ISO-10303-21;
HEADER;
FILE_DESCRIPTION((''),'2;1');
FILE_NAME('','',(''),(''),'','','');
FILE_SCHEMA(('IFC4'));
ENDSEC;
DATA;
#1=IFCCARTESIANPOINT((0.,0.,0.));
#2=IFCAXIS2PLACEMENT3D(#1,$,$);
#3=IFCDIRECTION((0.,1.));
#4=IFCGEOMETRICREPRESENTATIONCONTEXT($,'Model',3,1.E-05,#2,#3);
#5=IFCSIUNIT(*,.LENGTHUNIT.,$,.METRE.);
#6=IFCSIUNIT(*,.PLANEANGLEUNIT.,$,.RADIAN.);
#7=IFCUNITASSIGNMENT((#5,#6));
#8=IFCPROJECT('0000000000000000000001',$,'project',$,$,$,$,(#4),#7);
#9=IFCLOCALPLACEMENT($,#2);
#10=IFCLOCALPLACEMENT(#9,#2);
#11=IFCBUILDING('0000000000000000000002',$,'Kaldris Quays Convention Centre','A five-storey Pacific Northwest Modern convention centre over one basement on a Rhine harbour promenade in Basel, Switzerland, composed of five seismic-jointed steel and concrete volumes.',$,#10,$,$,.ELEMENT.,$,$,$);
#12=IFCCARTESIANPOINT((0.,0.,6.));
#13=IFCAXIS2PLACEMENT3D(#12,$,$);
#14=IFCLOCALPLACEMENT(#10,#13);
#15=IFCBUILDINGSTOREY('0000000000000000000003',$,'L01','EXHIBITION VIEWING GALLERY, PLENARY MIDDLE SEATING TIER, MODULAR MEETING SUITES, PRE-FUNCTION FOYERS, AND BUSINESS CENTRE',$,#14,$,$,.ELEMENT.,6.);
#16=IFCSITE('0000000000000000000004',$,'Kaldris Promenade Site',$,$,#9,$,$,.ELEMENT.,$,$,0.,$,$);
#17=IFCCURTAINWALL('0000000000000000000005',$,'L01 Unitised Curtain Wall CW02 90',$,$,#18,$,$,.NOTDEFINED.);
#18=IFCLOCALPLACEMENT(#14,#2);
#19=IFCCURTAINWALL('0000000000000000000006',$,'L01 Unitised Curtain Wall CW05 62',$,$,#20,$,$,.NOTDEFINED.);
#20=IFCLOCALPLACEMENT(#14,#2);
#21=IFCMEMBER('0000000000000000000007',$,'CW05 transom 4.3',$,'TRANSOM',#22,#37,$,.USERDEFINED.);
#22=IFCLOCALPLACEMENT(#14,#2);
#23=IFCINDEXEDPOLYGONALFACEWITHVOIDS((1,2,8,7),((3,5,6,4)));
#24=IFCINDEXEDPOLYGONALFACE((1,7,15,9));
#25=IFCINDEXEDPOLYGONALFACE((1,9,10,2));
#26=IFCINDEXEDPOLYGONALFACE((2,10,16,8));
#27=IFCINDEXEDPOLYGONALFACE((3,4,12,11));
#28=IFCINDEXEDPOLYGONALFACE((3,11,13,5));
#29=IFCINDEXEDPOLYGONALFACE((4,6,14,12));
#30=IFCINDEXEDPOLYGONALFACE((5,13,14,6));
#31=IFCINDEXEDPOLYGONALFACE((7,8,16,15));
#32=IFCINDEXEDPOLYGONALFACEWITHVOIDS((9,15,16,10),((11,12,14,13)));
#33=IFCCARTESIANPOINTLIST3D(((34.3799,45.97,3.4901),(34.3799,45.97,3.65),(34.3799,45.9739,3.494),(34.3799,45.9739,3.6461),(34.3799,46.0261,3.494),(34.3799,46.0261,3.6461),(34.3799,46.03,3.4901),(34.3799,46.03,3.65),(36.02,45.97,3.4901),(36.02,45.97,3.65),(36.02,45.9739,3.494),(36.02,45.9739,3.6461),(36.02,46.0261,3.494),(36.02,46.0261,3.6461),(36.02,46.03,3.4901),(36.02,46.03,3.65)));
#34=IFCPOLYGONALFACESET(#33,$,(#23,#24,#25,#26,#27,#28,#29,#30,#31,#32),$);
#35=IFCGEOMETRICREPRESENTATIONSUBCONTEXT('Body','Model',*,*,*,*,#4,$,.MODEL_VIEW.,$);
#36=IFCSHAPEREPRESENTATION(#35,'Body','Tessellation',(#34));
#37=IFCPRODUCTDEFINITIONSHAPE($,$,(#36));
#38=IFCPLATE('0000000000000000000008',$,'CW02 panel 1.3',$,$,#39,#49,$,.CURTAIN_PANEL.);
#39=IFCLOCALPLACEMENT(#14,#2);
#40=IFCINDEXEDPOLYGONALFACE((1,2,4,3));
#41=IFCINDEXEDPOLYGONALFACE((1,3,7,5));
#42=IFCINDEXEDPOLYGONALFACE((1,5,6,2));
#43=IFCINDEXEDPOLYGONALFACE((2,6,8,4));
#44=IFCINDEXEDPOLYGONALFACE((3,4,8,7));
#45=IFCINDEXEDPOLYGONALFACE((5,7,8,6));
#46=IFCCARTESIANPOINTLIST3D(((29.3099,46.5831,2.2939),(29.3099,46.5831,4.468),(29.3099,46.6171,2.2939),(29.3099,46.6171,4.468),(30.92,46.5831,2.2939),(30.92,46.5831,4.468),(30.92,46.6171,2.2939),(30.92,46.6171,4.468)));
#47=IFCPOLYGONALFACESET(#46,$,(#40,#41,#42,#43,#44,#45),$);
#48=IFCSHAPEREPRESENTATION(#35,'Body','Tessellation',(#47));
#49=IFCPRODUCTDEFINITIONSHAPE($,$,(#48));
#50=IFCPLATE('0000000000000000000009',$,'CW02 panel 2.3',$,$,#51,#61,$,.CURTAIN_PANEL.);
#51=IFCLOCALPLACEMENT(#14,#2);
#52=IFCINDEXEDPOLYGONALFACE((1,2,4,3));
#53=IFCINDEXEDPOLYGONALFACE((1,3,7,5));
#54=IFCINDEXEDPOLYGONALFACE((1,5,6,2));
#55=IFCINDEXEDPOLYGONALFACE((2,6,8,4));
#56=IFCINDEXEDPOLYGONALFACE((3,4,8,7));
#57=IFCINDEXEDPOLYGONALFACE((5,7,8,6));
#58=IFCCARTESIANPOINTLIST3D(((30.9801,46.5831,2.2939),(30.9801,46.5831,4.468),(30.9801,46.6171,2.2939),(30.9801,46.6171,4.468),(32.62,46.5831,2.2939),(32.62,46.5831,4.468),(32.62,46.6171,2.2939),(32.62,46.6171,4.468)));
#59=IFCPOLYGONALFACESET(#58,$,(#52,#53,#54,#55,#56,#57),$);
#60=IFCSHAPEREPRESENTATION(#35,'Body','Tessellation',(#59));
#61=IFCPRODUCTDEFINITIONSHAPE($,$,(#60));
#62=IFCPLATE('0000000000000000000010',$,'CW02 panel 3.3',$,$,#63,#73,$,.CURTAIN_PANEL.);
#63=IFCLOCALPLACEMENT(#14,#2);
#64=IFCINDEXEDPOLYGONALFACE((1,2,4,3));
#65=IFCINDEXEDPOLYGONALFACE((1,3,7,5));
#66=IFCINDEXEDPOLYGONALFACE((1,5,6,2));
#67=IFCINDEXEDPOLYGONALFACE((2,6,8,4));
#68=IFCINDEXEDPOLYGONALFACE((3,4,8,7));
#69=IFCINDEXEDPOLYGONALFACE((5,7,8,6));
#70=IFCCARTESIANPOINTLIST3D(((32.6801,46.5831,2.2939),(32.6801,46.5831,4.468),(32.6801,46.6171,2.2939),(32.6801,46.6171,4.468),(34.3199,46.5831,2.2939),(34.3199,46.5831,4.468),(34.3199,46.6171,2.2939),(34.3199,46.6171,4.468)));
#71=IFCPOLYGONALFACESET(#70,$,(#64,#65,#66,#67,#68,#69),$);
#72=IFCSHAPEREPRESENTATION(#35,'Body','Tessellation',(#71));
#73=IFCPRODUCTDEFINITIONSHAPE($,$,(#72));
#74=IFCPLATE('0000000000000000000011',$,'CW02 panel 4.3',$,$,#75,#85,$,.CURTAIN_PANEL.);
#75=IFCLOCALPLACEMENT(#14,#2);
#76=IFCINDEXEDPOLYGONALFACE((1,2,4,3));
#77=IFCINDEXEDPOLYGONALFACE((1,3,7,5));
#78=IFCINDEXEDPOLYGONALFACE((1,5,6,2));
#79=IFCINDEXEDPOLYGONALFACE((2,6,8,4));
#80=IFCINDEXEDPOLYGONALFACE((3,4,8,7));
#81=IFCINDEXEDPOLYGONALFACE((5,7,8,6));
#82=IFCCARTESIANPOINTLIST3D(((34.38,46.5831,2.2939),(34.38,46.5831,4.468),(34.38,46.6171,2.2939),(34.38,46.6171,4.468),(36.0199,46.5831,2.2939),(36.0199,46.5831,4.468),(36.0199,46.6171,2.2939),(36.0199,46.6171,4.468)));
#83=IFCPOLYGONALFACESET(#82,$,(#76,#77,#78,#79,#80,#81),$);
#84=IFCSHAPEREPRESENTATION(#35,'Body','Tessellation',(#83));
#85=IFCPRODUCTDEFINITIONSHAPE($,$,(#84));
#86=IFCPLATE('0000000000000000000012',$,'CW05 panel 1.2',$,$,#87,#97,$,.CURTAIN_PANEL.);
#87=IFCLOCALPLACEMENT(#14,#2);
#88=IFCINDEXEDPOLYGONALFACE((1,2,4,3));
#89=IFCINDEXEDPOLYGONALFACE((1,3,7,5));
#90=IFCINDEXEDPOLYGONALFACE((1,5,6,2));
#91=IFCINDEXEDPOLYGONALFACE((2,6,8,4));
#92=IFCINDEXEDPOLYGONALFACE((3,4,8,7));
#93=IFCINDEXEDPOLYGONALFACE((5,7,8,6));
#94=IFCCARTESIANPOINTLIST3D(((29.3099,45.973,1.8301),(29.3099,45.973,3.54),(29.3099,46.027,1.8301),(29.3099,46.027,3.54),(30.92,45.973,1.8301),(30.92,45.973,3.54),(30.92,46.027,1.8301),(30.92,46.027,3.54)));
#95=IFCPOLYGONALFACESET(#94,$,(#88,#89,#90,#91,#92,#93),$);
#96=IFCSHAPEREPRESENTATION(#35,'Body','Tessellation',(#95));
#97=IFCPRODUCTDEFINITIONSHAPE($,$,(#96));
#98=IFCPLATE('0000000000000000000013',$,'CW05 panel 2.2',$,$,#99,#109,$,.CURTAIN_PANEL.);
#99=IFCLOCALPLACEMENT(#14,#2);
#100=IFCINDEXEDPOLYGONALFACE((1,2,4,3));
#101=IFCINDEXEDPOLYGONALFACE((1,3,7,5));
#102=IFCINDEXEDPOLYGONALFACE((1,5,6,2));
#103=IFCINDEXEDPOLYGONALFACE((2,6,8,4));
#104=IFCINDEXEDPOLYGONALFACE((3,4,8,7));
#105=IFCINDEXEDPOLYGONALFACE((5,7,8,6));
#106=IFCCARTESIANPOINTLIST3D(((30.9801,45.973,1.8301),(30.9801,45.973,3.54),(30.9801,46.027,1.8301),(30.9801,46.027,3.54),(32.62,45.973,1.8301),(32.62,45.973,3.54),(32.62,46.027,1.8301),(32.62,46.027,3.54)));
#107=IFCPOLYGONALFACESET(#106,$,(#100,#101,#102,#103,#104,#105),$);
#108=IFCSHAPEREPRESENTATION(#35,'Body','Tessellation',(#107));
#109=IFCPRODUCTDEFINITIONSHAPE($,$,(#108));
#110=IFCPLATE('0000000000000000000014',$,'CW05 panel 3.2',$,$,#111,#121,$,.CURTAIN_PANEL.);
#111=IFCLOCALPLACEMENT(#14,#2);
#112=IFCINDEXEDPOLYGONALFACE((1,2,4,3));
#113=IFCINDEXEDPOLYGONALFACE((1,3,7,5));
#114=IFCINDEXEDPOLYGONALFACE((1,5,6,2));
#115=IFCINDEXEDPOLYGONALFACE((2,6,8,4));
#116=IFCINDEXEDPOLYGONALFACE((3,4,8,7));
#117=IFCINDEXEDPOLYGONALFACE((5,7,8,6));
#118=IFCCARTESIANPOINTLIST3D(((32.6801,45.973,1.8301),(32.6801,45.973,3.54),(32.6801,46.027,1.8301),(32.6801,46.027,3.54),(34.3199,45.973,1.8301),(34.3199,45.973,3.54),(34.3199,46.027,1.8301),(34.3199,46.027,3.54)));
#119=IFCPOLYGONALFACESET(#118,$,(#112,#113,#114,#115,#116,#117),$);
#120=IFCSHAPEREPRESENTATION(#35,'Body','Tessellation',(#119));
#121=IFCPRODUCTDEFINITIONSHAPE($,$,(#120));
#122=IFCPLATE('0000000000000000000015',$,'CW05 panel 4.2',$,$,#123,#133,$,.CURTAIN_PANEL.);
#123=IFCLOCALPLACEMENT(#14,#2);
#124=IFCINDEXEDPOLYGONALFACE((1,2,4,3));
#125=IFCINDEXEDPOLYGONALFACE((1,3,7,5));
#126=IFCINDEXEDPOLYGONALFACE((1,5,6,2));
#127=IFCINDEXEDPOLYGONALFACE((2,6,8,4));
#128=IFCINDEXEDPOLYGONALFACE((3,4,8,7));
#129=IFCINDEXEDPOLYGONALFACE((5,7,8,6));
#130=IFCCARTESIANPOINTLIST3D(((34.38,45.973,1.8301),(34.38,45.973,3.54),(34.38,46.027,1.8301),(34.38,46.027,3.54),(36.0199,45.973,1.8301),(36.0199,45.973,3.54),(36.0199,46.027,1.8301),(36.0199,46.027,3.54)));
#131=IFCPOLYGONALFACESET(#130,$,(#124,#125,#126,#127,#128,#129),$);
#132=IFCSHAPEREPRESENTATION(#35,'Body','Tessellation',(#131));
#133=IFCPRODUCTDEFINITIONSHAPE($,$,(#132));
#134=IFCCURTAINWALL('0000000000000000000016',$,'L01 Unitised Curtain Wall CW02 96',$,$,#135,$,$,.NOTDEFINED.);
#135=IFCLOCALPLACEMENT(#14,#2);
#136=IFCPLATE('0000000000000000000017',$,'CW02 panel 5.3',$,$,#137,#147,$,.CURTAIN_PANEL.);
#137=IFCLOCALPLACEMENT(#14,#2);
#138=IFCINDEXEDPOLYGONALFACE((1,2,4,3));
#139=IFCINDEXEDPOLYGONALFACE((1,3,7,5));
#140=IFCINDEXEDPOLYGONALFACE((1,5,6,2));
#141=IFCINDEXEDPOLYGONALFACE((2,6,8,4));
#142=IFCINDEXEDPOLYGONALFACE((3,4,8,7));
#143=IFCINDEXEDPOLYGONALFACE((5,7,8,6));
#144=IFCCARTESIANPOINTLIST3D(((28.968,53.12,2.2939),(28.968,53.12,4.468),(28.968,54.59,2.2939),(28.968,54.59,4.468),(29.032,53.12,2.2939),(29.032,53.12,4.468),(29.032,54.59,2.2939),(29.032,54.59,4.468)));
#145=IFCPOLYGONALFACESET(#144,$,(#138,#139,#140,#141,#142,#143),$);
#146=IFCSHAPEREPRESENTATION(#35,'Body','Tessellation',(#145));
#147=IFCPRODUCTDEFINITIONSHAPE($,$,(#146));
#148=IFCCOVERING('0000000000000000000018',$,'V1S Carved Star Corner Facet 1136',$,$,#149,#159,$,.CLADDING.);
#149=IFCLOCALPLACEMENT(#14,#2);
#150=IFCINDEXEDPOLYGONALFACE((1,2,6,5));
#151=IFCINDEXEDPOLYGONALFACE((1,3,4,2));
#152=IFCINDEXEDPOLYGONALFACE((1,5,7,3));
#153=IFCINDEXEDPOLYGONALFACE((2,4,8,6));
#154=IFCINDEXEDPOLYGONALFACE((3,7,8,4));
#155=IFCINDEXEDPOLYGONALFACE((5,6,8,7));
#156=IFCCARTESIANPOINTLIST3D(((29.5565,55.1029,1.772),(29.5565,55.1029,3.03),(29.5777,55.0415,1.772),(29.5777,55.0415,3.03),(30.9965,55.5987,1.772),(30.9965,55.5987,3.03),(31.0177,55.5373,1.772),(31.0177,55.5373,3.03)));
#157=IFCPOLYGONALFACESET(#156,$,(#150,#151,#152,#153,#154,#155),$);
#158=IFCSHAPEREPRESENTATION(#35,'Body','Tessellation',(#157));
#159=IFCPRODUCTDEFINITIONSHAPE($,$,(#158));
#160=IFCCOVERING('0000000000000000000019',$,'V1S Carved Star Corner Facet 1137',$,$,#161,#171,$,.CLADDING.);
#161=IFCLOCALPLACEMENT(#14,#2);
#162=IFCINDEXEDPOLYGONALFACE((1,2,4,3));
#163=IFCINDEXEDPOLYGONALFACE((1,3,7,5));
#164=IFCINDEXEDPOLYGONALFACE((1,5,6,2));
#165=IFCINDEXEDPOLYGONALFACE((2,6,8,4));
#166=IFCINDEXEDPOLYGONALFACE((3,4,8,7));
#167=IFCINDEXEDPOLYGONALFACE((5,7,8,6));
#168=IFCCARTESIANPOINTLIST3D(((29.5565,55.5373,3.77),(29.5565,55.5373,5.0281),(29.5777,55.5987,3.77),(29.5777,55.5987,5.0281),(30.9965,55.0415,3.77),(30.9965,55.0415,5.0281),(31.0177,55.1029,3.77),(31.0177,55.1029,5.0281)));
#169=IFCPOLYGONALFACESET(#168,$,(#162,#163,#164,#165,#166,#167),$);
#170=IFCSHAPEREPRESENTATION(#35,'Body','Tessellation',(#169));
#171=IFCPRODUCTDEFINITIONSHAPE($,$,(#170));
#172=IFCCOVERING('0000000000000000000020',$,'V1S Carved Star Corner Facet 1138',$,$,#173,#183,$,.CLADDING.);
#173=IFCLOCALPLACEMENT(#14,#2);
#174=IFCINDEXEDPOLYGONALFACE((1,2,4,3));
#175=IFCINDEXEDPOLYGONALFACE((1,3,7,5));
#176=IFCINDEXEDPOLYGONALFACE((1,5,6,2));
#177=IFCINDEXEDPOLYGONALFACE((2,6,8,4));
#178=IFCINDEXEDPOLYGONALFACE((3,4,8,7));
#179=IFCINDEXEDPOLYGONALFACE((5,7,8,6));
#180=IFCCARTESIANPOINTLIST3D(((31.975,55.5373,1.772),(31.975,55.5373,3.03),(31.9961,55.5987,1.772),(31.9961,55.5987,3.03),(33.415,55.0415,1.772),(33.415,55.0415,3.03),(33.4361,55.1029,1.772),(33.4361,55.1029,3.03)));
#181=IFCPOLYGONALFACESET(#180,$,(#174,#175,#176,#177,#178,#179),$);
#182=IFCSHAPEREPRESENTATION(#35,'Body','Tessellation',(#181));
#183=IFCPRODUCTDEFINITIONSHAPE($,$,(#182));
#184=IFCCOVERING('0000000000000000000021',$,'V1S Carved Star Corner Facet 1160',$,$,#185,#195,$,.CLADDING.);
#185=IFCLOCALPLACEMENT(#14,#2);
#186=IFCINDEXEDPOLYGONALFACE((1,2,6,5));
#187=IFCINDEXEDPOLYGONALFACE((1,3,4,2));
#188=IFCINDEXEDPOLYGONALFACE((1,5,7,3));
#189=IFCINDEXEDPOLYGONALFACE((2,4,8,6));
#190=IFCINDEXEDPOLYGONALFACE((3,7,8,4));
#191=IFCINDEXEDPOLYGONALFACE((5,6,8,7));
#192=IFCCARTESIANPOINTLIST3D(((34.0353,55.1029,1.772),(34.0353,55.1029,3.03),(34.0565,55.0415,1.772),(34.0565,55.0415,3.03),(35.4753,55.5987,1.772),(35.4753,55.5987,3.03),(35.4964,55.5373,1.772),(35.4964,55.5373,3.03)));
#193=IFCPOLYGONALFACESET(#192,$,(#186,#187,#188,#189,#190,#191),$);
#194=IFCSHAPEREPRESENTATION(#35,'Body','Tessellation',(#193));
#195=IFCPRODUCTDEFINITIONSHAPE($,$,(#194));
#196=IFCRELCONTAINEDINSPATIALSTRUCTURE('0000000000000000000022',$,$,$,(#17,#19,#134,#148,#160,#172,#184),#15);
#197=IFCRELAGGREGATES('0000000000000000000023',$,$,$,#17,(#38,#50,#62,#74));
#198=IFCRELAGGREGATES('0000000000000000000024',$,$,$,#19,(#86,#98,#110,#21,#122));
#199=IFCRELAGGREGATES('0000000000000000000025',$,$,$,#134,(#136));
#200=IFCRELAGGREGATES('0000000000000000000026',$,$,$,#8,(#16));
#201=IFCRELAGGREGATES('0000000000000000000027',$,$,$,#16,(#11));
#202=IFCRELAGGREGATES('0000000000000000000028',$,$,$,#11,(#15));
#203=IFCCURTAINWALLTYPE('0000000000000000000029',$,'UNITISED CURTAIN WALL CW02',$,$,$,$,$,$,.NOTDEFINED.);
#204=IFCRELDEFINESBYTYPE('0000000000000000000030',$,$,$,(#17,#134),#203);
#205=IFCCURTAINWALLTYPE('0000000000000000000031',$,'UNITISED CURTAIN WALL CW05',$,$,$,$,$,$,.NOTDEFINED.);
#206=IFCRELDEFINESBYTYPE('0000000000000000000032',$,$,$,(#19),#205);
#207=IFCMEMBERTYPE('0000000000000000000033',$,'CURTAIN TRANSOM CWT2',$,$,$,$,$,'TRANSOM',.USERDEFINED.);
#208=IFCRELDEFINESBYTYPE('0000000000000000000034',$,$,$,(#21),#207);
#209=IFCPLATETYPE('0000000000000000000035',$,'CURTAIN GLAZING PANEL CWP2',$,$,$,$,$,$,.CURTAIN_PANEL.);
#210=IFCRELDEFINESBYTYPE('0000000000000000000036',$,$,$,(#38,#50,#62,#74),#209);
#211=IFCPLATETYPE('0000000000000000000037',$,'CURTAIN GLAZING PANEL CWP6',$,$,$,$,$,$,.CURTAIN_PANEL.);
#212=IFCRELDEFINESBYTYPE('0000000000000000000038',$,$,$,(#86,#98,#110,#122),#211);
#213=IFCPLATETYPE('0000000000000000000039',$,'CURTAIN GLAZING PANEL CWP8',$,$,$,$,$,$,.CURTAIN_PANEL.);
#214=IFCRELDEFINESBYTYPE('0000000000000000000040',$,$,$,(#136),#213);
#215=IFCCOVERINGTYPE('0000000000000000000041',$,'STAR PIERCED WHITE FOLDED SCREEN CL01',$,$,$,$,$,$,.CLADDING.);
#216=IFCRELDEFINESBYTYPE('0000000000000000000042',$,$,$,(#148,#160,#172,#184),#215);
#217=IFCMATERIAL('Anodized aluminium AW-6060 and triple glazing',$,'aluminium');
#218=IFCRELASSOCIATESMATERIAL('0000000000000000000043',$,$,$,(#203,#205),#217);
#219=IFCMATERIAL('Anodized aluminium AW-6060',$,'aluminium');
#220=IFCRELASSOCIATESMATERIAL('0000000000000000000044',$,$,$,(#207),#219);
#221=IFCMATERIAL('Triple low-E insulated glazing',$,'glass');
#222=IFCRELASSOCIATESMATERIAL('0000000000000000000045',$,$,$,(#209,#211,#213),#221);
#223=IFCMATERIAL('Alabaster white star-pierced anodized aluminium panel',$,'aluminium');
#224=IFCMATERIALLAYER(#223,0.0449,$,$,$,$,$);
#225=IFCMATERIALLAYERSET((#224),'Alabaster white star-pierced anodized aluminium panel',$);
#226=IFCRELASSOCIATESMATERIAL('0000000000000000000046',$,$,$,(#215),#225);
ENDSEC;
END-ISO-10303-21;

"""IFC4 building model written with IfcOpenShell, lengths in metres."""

from ifc_helpers import new_model, si_unit, direction, frame, origin, origin_2d, place, context, subcontext, project, spatial, rectangle, hollow_rectangle, extrude, material, layer, layer_set, material_profile, profile_set, type_object, element, aggregate, save


model = new_model("IFC4")

# Units and contexts
model_context = context("Model", 3, precision=1e-05, world=origin(), true_north=direction((0.0, 1.0)))
body_context = subcontext(model_context, "Body", "Model", "MODEL_VIEW")
ifc_project = project(units=[si_unit("LENGTHUNIT", "METRE"), si_unit("PLANEANGLEUNIT", "RADIAN")], contexts=[model_context])

# Site, building, storey
site_placement = place(None, origin())
site = spatial("IfcSite", under=ifc_project, at=site_placement, Name="Kaldris Promenade Site", CompositionType="ELEMENT", RefElevation=0.0)
building_placement = place(site_placement, origin())
building = spatial("IfcBuilding", under=site, at=building_placement, Name="Kaldris Quays Convention Centre", Description="A five-storey Pacific Northwest Modern convention centre over one basement on a Rhine harbour promenade in Basel, Switzerland, composed of five seismic-jointed steel and concrete volumes.", CompositionType="ELEMENT")
storey_placement = place(building_placement, frame((0.0, 0.0, 6.0)))
storey = spatial("IfcBuildingStorey", under=building, at=storey_placement, Name="L01", Description="EXHIBITION VIEWING GALLERY, PLENARY MIDDLE SEATING TIER, MODULAR MEETING SUITES, PRE-FUNCTION FOYERS, AND BUSINESS CENTRE", CompositionType="ELEMENT", Elevation=6.0)

# Curtain walls, member
ifc_material_1 = material(Name="Anodized aluminium AW-6060 and triple glazing", Category="aluminium")
curtain_wall_type_1 = type_object("IfcCurtainWallType", Name="UNITISED CURTAIN WALL CW02", PredefinedType="NOTDEFINED", material=ifc_material_1)
curtain_wall_1_placement = place(storey_placement, origin())
curtain_wall_1 = element("IfcCurtainWall", 1, at=curtain_wall_1_placement, inside=storey, type_object=curtain_wall_type_1, Name="L01 Unitised Curtain Wall CW02 90", PredefinedType="NOTDEFINED")
ifc_material_2 = material(Name="Anodized aluminium AW-6060", Category="aluminium")
curtain_wall_type_2 = type_object("IfcCurtainWallType", Name="UNITISED CURTAIN WALL CW05", PredefinedType="NOTDEFINED", material=ifc_material_1)
curtain_wall_2_placement = place(storey_placement, origin())
curtain_wall_2 = element("IfcCurtainWall", 2, at=curtain_wall_2_placement, inside=storey, type_object=curtain_wall_type_2, Name="L01 Unitised Curtain Wall CW05 62", PredefinedType="NOTDEFINED")
ifc_material_profile_1 = material_profile(ifc_material_2, hollow_rectangle(XDim=0.0601, YDim=0.1599, WallThickness=0.0039, at=origin_2d()), Name="RHS 160x60x4")
ifc_profile_set_1 = profile_set([ifc_material_profile_1], Name="Anodized aluminium AW-6060")
member_type_1 = type_object("IfcMemberType", Name="CURTAIN TRANSOM CWT2", ElementType="TRANSOM", PredefinedType="USERDEFINED", material=ifc_profile_set_1)
member_1_placement = place(storey_placement, frame((34.3799, 46.0, 3.5701), z_axis=(1.0, 0.0, 0.0), x_axis=(0.0, 1.0, 0.0)))
member_1 = element("IfcMember", 3, at=member_1_placement, type_object=member_type_1, Name="CW05 transom 4.3", ObjectType="TRANSOM", PredefinedType="USERDEFINED", context=body_context, shape_type="SweptSolid", body=[
    extrude(hollow_rectangle(XDim=0.0601, YDim=0.1599, WallThickness=0.0039, at=origin_2d()), origin(), (0.0, 0.0, 1.0), 1.6401),
])

# Plates
ifc_material_3 = material(Name="Triple low-E insulated glazing", Category="glass")
plate_type_1 = type_object("IfcPlateType", Name="CURTAIN GLAZING PANEL CWP2", PredefinedType="CURTAIN_PANEL", material=ifc_material_3)
plate_1_placement = place(storey_placement, frame((30.115, 46.6001, 2.2939), z_axis=(0.0, 0.0, 1.0), x_axis=(1.0, 0.0, 0.0)))
plate_1 = element("IfcPlate", 4, at=plate_1_placement, type_object=plate_type_1, Name="CW02 panel 1.3", PredefinedType="CURTAIN_PANEL", context=body_context, shape_type="SweptSolid", body=[
    extrude(rectangle(XDim=1.6101, YDim=0.0339, at=origin_2d()), origin(), (0.0, 0.0, 1.0), 2.1741),
])
plate_2_placement = place(storey_placement, frame((31.8, 46.6001, 2.2939), z_axis=(0.0, 0.0, 1.0), x_axis=(1.0, 0.0, 0.0)))
plate_2 = element("IfcPlate", 5, at=plate_2_placement, type_object=plate_type_1, Name="CW02 panel 2.3", PredefinedType="CURTAIN_PANEL", context=body_context, shape_type="SweptSolid", body=[
    extrude(rectangle(XDim=1.6399, YDim=0.0339, at=origin_2d()), origin(), (0.0, 0.0, 1.0), 2.1741),
])
plate_3_placement = place(storey_placement, frame((33.5, 46.6001, 2.2939), z_axis=(0.0, 0.0, 1.0), x_axis=(1.0, 0.0, 0.0)))
plate_3 = element("IfcPlate", 6, at=plate_3_placement, type_object=plate_type_1, Name="CW02 panel 3.3", PredefinedType="CURTAIN_PANEL", context=body_context, shape_type="SweptSolid", body=[
    extrude(rectangle(XDim=1.6399, YDim=0.0339, at=origin_2d()), origin(), (0.0, 0.0, 1.0), 2.1741),
])
plate_4_placement = place(storey_placement, frame((35.2, 46.6001, 2.2939), z_axis=(0.0, 0.0, 1.0), x_axis=(1.0, 0.0, 0.0)))
plate_4 = element("IfcPlate", 7, at=plate_4_placement, type_object=plate_type_1, Name="CW02 panel 4.3", PredefinedType="CURTAIN_PANEL", context=body_context, shape_type="SweptSolid", body=[
    extrude(rectangle(XDim=1.6399, YDim=0.0339, at=origin_2d()), origin(), (0.0, 0.0, 1.0), 2.1741),
])
aggregate(curtain_wall_1, [plate_1, plate_2, plate_3, plate_4])
plate_type_2 = type_object("IfcPlateType", Name="CURTAIN GLAZING PANEL CWP6", PredefinedType="CURTAIN_PANEL", material=ifc_material_3)
plate_5_placement = place(storey_placement, frame((30.115, 46.0, 1.8301), z_axis=(0.0, 0.0, 1.0), x_axis=(1.0, 0.0, 0.0)))
plate_5 = element("IfcPlate", 8, at=plate_5_placement, type_object=plate_type_2, Name="CW05 panel 1.2", PredefinedType="CURTAIN_PANEL", context=body_context, shape_type="SweptSolid", body=[
    extrude(rectangle(XDim=1.6101, YDim=0.054, at=origin_2d()), origin(), (0.0, 0.0, 1.0), 1.71),
])
plate_6_placement = place(storey_placement, frame((31.8, 46.0, 1.8301), z_axis=(0.0, 0.0, 1.0), x_axis=(1.0, 0.0, 0.0)))
plate_6 = element("IfcPlate", 9, at=plate_6_placement, type_object=plate_type_2, Name="CW05 panel 2.2", PredefinedType="CURTAIN_PANEL", context=body_context, shape_type="SweptSolid", body=[
    extrude(rectangle(XDim=1.6399, YDim=0.054, at=origin_2d()), origin(), (0.0, 0.0, 1.0), 1.71),
])
plate_7_placement = place(storey_placement, frame((33.5, 46.0, 1.8301), z_axis=(0.0, 0.0, 1.0), x_axis=(1.0, 0.0, 0.0)))
plate_7 = element("IfcPlate", 10, at=plate_7_placement, type_object=plate_type_2, Name="CW05 panel 3.2", PredefinedType="CURTAIN_PANEL", context=body_context, shape_type="SweptSolid", body=[
    extrude(rectangle(XDim=1.6399, YDim=0.054, at=origin_2d()), origin(), (0.0, 0.0, 1.0), 1.71),
])
plate_8_placement = place(storey_placement, frame((35.2, 46.0, 1.8301), z_axis=(0.0, 0.0, 1.0), x_axis=(1.0, 0.0, 0.0)))
plate_8 = element("IfcPlate", 11, at=plate_8_placement, type_object=plate_type_2, Name="CW05 panel 4.2", PredefinedType="CURTAIN_PANEL", context=body_context, shape_type="SweptSolid", body=[
    extrude(rectangle(XDim=1.6399, YDim=0.054, at=origin_2d()), origin(), (0.0, 0.0, 1.0), 1.71),
])
aggregate(curtain_wall_2, [plate_5, plate_6, plate_7, member_1, plate_8])

# Curtain wall, plate
curtain_wall_3_placement = place(storey_placement, origin())
curtain_wall_3 = element("IfcCurtainWall", 12, at=curtain_wall_3_placement, inside=storey, type_object=curtain_wall_type_1, Name="L01 Unitised Curtain Wall CW02 96", PredefinedType="NOTDEFINED")
plate_type_3 = type_object("IfcPlateType", Name="CURTAIN GLAZING PANEL CWP8", PredefinedType="CURTAIN_PANEL", material=ifc_material_3)
plate_9_placement = place(storey_placement, frame((29.0, 53.855, 2.2939), z_axis=(0.0, 0.0, 1.0), x_axis=(0.0, 1.0, 0.0)))
plate_9 = element("IfcPlate", 13, at=plate_9_placement, type_object=plate_type_3, Name="CW02 panel 5.3", PredefinedType="CURTAIN_PANEL", context=body_context, shape_type="SweptSolid", body=[
    extrude(rectangle(XDim=1.47, YDim=0.064, at=origin_2d()), origin(), (0.0, 0.0, 1.0), 2.1741),
])
aggregate(curtain_wall_3, [plate_9])

# Coverings
ifc_material_4 = material(Name="Alabaster white star-pierced anodized aluminium panel", Category="aluminium")
ifc_layer = layer(ifc_material_4, 0.0449)
ifc_layer_set = layer_set([ifc_layer], Name="Alabaster white star-pierced anodized aluminium panel")
covering_type = type_object("IfcCoveringType", Name="STAR PIERCED WHITE FOLDED SCREEN CL01", PredefinedType="CLADDING", material=ifc_layer_set)
for number, where, z_axis, x_axis, name in (
    (14, (30.2871, 55.3201, 1.772), (0.0, 0.0, 1.0), (0.945519, 0.325568, 0.0), "V1S Carved Star Corner Facet 1136"),
    (15, (30.2871, 55.3201, 3.77), (0.0, 0.0, 1.0), (0.945519, -0.325568, 0.0), "V1S Carved Star Corner Facet 1137"),
    (16, (32.7056, 55.3201, 1.772), (0.0, 0.0, 1.0), (0.945519, -0.325568, 0.0), "V1S Carved Star Corner Facet 1138"),
    (17, (34.7659, 55.3201, 1.772), (0.0, 0.0, 1.0), (0.945519, 0.325568, 0.0), "V1S Carved Star Corner Facet 1160"),
):
    element("IfcCovering", number, at=place(storey_placement, frame(where, z_axis=z_axis, x_axis=x_axis)), inside=storey, type_object=covering_type, Name=name, PredefinedType="CLADDING", context=body_context, shape_type="SweptSolid", body=[
        extrude(rectangle(XDim=1.5229, YDim=0.0649, at=origin_2d()), origin(), (0.0, 0.0, 1.0), 1.2581),
    ])

save(model, "model.ifc")
